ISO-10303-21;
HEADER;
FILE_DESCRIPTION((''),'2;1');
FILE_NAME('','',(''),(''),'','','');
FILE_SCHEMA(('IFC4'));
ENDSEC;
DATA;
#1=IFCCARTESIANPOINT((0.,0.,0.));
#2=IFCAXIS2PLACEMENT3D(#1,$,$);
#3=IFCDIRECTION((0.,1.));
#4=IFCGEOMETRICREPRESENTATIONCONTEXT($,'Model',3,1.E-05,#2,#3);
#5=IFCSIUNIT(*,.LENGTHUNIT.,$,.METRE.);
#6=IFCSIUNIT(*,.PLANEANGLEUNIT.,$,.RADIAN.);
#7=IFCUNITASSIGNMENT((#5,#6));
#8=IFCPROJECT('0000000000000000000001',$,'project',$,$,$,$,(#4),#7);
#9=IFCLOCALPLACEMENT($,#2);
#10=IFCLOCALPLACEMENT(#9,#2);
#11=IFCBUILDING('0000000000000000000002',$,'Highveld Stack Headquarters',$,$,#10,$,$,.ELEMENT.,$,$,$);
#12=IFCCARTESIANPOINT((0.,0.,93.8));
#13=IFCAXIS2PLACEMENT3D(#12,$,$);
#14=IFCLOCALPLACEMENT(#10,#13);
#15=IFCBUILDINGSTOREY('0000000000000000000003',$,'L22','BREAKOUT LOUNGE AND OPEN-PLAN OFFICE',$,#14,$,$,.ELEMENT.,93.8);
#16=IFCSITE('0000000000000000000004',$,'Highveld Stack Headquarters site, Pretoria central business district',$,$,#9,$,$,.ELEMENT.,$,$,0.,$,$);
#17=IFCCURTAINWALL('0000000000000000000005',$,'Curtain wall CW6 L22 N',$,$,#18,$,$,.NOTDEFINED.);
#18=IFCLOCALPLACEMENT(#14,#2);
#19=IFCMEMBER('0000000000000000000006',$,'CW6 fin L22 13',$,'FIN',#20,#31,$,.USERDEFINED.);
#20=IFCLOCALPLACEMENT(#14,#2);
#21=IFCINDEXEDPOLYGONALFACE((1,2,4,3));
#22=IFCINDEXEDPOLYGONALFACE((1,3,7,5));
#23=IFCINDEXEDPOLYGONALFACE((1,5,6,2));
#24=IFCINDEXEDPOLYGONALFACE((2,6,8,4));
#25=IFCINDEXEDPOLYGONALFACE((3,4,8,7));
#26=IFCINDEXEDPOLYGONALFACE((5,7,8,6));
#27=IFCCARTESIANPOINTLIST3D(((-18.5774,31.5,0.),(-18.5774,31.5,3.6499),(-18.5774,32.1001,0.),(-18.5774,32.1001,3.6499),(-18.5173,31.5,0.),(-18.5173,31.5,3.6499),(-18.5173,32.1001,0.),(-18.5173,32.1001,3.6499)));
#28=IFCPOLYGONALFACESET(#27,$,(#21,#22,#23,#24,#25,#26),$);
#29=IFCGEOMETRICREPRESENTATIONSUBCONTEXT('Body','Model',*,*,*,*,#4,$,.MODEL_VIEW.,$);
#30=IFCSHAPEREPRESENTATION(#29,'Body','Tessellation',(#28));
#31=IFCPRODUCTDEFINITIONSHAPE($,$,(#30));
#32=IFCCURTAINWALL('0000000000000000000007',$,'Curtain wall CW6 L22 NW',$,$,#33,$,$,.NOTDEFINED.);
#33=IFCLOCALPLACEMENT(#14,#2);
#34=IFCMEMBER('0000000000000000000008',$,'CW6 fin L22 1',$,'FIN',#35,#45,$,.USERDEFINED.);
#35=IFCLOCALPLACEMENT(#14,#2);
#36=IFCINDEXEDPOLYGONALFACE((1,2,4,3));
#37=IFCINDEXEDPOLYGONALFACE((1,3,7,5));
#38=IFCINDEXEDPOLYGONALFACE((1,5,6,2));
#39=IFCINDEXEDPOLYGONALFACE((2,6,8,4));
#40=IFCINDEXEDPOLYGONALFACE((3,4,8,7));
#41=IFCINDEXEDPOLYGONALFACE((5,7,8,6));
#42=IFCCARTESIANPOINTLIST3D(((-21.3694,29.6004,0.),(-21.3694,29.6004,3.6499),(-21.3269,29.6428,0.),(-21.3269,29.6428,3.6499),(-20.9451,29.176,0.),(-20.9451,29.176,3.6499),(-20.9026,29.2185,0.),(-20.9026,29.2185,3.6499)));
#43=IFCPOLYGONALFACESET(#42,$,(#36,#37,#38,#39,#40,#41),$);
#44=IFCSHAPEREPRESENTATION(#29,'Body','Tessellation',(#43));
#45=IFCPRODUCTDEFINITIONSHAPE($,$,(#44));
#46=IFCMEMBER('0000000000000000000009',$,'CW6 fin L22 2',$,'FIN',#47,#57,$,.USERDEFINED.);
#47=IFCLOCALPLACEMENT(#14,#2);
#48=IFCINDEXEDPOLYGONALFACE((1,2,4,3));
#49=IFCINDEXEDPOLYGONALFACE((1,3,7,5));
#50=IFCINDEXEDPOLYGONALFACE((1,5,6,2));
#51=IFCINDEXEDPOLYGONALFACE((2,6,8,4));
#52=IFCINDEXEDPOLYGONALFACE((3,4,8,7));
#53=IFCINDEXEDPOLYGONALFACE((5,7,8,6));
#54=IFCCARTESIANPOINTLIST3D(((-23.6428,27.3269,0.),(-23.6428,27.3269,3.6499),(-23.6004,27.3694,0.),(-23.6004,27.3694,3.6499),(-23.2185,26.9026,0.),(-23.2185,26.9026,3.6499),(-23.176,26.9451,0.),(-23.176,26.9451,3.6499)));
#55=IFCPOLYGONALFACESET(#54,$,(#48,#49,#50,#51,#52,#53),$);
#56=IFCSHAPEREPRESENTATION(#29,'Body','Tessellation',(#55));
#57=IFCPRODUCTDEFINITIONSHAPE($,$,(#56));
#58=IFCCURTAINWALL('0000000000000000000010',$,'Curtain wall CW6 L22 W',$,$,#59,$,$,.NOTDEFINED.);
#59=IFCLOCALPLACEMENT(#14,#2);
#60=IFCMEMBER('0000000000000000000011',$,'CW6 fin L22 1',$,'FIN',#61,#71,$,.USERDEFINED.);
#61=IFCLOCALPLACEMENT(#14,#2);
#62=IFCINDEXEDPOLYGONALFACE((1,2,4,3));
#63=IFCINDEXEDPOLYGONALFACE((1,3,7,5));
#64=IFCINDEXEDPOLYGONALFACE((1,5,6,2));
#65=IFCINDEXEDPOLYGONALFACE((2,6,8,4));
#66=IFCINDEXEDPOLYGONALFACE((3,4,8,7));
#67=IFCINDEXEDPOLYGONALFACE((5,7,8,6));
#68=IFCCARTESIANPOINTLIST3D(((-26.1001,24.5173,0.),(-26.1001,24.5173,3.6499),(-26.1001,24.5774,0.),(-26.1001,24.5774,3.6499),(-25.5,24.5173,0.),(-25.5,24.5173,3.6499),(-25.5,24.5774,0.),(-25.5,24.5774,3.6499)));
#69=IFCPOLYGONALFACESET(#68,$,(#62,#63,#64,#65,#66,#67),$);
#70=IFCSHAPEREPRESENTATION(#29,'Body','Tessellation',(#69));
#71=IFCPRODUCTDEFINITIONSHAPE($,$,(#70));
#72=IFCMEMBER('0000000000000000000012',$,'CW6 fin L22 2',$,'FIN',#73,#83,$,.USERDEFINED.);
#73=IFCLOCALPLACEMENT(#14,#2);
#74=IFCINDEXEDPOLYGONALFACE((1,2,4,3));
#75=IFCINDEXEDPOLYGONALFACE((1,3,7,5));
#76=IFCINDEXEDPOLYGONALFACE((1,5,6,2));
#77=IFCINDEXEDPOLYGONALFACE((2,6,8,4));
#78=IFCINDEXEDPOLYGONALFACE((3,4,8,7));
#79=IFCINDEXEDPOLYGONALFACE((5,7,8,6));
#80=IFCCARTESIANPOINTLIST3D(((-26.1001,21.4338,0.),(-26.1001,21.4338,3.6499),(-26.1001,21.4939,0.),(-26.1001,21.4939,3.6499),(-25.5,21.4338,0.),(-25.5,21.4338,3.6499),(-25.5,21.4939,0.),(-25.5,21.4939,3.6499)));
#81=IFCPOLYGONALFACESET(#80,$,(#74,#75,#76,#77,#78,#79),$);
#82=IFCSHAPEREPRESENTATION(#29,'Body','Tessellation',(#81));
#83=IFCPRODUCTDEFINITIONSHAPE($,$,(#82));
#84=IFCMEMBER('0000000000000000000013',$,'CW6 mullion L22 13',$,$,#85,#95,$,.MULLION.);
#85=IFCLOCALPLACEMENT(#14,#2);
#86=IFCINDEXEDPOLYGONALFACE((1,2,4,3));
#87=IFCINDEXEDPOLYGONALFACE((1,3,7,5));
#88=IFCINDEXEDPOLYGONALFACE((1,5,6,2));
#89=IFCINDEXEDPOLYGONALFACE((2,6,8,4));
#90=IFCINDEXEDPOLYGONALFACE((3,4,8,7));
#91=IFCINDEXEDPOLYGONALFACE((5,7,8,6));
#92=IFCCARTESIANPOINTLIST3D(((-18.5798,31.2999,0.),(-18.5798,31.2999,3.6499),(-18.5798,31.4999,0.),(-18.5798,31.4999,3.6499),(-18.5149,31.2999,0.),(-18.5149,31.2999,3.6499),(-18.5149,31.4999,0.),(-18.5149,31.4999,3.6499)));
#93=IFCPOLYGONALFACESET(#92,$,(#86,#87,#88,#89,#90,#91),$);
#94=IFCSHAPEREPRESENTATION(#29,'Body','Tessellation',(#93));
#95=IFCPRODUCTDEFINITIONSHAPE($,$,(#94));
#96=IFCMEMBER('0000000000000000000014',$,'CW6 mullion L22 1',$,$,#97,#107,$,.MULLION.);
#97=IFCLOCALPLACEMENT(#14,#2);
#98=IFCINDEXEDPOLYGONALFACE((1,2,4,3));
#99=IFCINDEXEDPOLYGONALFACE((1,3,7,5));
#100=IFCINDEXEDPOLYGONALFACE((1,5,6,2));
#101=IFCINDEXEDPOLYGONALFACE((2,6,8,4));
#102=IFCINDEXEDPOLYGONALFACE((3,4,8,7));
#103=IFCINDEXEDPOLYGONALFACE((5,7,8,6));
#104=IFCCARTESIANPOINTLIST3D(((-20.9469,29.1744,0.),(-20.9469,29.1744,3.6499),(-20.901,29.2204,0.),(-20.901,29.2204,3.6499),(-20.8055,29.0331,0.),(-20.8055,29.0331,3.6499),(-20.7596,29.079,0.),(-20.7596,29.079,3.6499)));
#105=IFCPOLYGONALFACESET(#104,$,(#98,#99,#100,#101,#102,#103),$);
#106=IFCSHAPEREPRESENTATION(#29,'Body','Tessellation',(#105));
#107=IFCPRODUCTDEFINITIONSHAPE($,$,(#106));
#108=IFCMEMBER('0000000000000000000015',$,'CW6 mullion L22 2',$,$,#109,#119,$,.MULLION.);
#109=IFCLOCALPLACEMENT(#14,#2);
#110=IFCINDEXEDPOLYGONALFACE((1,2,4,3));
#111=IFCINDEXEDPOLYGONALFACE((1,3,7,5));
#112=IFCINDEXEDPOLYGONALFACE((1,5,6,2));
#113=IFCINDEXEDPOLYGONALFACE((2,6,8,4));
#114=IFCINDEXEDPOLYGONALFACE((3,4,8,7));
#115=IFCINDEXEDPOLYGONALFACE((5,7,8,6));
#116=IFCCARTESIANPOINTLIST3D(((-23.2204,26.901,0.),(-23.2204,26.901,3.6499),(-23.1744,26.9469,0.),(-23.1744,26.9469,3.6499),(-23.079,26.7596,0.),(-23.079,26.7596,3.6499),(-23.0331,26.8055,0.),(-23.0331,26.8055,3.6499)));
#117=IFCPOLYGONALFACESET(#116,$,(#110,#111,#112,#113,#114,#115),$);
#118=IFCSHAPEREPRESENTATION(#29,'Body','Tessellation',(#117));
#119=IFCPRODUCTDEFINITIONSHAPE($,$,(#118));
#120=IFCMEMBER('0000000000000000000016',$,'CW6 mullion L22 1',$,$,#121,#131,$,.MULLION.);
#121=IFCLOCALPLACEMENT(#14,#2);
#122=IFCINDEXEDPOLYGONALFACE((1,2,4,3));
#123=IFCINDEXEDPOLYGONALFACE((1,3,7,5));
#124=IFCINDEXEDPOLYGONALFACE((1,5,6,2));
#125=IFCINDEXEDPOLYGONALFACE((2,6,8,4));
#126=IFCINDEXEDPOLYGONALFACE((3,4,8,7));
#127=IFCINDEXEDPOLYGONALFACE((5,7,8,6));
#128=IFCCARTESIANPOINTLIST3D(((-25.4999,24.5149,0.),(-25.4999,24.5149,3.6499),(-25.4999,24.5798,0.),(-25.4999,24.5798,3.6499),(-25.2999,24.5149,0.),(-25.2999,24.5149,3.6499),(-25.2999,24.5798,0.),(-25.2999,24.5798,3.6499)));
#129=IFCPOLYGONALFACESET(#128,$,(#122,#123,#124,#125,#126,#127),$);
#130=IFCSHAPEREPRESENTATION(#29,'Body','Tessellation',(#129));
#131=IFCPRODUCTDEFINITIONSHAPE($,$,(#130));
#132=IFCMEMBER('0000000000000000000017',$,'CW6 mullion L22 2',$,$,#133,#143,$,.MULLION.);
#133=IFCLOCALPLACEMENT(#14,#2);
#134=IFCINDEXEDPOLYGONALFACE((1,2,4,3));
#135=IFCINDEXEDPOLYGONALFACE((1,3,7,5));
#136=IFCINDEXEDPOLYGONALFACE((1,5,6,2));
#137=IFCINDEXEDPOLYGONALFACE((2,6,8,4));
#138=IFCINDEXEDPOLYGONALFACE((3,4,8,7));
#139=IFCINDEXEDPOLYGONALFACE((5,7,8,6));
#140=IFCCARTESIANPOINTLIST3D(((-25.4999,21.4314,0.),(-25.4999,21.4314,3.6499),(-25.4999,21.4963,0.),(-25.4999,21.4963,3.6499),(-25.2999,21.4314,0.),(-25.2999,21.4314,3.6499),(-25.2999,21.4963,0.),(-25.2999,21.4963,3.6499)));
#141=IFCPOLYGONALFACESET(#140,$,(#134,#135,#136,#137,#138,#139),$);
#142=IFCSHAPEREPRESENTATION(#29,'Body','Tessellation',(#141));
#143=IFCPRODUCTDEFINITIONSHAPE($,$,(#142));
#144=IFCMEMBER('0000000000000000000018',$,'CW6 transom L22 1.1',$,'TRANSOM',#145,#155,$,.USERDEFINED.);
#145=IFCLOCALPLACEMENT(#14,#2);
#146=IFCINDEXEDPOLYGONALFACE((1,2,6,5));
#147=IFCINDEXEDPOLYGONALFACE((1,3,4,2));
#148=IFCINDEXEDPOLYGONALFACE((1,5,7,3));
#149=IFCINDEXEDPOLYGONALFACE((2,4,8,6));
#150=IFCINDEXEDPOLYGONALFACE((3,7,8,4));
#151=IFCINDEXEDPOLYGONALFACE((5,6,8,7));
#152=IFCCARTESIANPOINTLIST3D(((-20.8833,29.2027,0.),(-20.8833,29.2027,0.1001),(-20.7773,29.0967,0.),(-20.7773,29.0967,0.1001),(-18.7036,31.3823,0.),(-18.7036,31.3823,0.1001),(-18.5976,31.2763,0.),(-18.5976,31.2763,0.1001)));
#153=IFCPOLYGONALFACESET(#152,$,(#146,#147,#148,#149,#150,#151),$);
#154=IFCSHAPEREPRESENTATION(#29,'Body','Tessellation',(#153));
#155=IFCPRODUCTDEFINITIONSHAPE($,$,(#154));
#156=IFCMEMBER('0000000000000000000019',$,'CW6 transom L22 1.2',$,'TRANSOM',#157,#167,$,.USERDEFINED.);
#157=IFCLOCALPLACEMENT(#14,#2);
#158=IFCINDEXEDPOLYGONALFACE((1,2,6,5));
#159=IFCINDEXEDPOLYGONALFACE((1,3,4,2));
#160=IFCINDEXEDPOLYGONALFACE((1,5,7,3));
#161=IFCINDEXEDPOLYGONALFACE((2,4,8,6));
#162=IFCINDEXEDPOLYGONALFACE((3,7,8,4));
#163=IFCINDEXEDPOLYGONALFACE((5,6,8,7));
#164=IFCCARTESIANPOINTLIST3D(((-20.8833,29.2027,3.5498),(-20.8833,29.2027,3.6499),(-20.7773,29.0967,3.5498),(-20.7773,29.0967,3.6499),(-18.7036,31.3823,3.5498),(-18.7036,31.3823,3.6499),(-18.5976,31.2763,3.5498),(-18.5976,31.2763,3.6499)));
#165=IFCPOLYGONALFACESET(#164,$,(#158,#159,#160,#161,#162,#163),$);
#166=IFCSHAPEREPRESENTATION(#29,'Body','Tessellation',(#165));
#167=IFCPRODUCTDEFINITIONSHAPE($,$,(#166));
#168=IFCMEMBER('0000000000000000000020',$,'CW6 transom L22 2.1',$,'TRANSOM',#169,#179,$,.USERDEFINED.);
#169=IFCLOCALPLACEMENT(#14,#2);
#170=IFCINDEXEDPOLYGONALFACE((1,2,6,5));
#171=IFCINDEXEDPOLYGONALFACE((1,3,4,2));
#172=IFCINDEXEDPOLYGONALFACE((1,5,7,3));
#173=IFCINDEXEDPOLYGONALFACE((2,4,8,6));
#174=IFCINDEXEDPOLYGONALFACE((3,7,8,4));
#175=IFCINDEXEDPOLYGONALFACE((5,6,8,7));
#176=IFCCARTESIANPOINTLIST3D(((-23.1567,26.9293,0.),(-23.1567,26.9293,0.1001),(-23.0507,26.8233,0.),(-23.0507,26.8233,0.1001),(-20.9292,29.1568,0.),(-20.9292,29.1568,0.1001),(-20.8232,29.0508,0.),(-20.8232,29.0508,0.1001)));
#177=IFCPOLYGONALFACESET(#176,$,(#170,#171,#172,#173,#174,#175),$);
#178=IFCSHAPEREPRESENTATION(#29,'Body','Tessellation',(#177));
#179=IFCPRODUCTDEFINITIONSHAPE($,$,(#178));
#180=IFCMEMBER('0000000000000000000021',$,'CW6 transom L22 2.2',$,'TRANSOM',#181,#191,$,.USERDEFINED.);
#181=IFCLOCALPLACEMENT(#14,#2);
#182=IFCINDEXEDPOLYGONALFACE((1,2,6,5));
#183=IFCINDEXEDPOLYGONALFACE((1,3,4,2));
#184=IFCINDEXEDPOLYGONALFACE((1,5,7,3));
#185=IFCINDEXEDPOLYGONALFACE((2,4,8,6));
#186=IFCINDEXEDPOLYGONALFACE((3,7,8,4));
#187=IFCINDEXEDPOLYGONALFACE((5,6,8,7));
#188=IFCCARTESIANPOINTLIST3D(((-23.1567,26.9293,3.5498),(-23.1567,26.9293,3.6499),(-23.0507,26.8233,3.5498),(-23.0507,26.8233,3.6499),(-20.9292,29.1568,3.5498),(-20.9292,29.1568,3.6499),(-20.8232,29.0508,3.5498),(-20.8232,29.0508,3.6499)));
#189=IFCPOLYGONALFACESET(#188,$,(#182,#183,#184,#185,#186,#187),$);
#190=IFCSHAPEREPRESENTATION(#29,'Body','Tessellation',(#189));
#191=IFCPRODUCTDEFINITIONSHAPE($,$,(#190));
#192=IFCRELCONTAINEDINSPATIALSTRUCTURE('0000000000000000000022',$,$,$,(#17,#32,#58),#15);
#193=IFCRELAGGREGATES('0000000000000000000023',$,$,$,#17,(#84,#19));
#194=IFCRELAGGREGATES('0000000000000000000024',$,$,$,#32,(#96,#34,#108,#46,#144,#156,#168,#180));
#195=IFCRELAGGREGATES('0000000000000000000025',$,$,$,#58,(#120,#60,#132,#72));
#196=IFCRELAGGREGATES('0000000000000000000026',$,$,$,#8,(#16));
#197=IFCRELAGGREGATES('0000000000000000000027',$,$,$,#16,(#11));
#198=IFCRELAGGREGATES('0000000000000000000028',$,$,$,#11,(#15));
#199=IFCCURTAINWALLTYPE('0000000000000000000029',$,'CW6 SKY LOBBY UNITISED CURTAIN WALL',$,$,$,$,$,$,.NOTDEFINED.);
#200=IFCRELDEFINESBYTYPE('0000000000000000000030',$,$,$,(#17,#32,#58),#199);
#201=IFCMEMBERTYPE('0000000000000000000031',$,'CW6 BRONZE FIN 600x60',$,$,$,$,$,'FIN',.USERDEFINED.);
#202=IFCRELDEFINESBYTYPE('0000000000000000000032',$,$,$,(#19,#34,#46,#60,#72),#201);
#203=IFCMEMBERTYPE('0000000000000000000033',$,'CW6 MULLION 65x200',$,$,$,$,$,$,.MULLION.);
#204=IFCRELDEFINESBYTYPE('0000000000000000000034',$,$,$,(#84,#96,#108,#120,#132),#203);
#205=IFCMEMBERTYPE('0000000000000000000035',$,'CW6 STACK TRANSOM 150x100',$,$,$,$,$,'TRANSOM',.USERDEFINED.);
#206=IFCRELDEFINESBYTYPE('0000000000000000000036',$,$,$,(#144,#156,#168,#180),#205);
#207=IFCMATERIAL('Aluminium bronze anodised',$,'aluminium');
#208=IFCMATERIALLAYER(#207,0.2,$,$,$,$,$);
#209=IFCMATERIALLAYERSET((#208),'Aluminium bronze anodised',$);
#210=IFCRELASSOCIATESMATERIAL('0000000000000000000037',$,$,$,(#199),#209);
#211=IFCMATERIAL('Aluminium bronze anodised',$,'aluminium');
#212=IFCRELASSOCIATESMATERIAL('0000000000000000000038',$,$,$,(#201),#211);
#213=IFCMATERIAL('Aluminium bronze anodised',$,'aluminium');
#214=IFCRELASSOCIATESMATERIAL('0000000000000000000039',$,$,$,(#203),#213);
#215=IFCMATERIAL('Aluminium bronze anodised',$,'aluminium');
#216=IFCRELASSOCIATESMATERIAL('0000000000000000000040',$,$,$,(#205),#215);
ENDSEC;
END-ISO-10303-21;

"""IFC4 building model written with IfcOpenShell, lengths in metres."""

from ifc_helpers import new_model, si_unit, direction, frame, origin, origin_2d, place, context, subcontext, project, spatial, rectangle, extrude, material, layer, layer_set, material_profile, profile_set, type_object, element, aggregate, save


model = new_model("IFC4")

# Units and contexts
model_context = context("Model", 3, precision=1e-05, world=origin(), true_north=direction((0.0, 1.0)))
body_context = subcontext(model_context, "Body", "Model", "MODEL_VIEW")
ifc_project = project(units=[si_unit("LENGTHUNIT", "METRE"), si_unit("PLANEANGLEUNIT", "RADIAN")], contexts=[model_context])

# Site, building, storey
site_placement = place(None, origin())
site = spatial("IfcSite", under=ifc_project, at=site_placement, Name="Highveld Stack Headquarters site, Pretoria central business district", CompositionType="ELEMENT", RefElevation=0.0)
building_placement = place(site_placement, origin())
building = spatial("IfcBuilding", under=site, at=building_placement, Name="Highveld Stack Headquarters", CompositionType="ELEMENT")
storey_placement = place(building_placement, frame((0.0, 0.0, 93.8)))
storey = spatial("IfcBuildingStorey", under=building, at=storey_placement, Name="L22", Description="BREAKOUT LOUNGE AND OPEN-PLAN OFFICE", CompositionType="ELEMENT", Elevation=93.8)

# Curtain wall, member
ifc_material_1 = material(Name="Aluminium bronze anodised", Category="aluminium")
ifc_layer_1 = layer(ifc_material_1, 0.2)
ifc_layer_set_1 = layer_set([ifc_layer_1], Name="Aluminium bronze anodised")
curtain_wall_type = type_object("IfcCurtainWallType", Name="CW6 SKY LOBBY UNITISED CURTAIN WALL", PredefinedType="NOTDEFINED", material=ifc_layer_set_1)
curtain_wall_1_placement = place(storey_placement, origin())
curtain_wall_1 = element("IfcCurtainWall", 1, at=curtain_wall_1_placement, inside=storey, type_object=curtain_wall_type, Name="Curtain wall CW6 L22 N", PredefinedType="NOTDEFINED")
ifc_material_2 = material(Name="Aluminium bronze anodised", Category="aluminium")
ifc_material_profile_1 = material_profile(ifc_material_2, rectangle(XDim=0.6001, YDim=0.0601, at=origin_2d()), Name="FIN 600x60")
ifc_profile_set_1 = profile_set([ifc_material_profile_1], Name="Aluminium bronze anodised")
member_type_1 = type_object("IfcMemberType", Name="CW6 BRONZE FIN 600x60", ElementType="FIN", PredefinedType="USERDEFINED", material=ifc_profile_set_1)
member_1_placement = place(storey_placement, frame((-18.5474, 31.8, 0.0), z_axis=(0.0, 0.0, 1.0), x_axis=(0.0, -1.0, 0.0)))
member_1 = element("IfcMember", 2, at=member_1_placement, type_object=member_type_1, Name="CW6 fin L22 13", ObjectType="FIN", PredefinedType="USERDEFINED", context=body_context, shape_type="SweptSolid", body=[
    extrude(rectangle(XDim=0.6001, YDim=0.0601, at=origin_2d()), origin(), (0.0, 0.0, 1.0), 3.6499),
])

# Curtain walls, members
curtain_wall_2_placement = place(storey_placement, origin())
curtain_wall_2 = element("IfcCurtainWall", 3, at=curtain_wall_2_placement, inside=storey, type_object=curtain_wall_type, Name="Curtain wall CW6 L22 NW", PredefinedType="NOTDEFINED")
member_2_placement = place(storey_placement, frame((-21.136, 29.4094, 0.0), z_axis=(0.0, 0.0, 1.0), x_axis=(0.707107, -0.707107, 0.0)))
member_2 = element("IfcMember", 4, at=member_2_placement, type_object=member_type_1, Name="CW6 fin L22 1", ObjectType="FIN", PredefinedType="USERDEFINED", context=body_context, shape_type="SweptSolid", body=[
    extrude(rectangle(XDim=0.6001, YDim=0.0601, at=origin_2d()), origin(), (0.0, 0.0, 1.0), 3.6499),
])
member_3_placement = place(storey_placement, frame((-23.4094, 27.136, 0.0), z_axis=(0.0, 0.0, 1.0), x_axis=(0.707107, -0.707107, 0.0)))
member_3 = element("IfcMember", 5, at=member_3_placement, type_object=member_type_1, Name="CW6 fin L22 2", ObjectType="FIN", PredefinedType="USERDEFINED", context=body_context, shape_type="SweptSolid", body=[
    extrude(rectangle(XDim=0.6001, YDim=0.0601, at=origin_2d()), origin(), (0.0, 0.0, 1.0), 3.6499),
])
curtain_wall_3_placement = place(storey_placement, origin())
curtain_wall_3 = element("IfcCurtainWall", 6, at=curtain_wall_3_placement, inside=storey, type_object=curtain_wall_type, Name="Curtain wall CW6 L22 W", PredefinedType="NOTDEFINED")
member_4_placement = place(storey_placement, frame((-25.8, 24.5474, 0.0), z_axis=(0.0, 0.0, 1.0), x_axis=(1.0, 0.0, 0.0)))
member_4 = element("IfcMember", 7, at=member_4_placement, type_object=member_type_1, Name="CW6 fin L22 1", ObjectType="FIN", PredefinedType="USERDEFINED", context=body_context, shape_type="SweptSolid", body=[
    extrude(rectangle(XDim=0.6001, YDim=0.0601, at=origin_2d()), origin(), (0.0, 0.0, 1.0), 3.6499),
])
member_5_placement = place(storey_placement, frame((-25.8, 21.4639, 0.0), z_axis=(0.0, 0.0, 1.0), x_axis=(1.0, 0.0, 0.0)))
member_5 = element("IfcMember", 8, at=member_5_placement, type_object=member_type_1, Name="CW6 fin L22 2", ObjectType="FIN", PredefinedType="USERDEFINED", context=body_context, shape_type="SweptSolid", body=[
    extrude(rectangle(XDim=0.6001, YDim=0.0601, at=origin_2d()), origin(), (0.0, 0.0, 1.0), 3.6499),
])

# Members
ifc_material_3 = material(Name="Aluminium bronze anodised", Category="aluminium")
ifc_material_profile_2 = material_profile(ifc_material_3, rectangle(XDim=0.2, YDim=0.0649, at=origin_2d()), Name="CW6 MULLION 65x200")
ifc_profile_set_2 = profile_set([ifc_material_profile_2], Name="Aluminium bronze anodised")
member_type_2 = type_object("IfcMemberType", Name="CW6 MULLION 65x200", PredefinedType="MULLION", material=ifc_profile_set_2)
member_6_placement = place(storey_placement, frame((-18.5474, 31.3999, 0.0), z_axis=(0.0, 0.0, 1.0), x_axis=(0.0, -1.0, 0.0)))
member_6 = element("IfcMember", 9, at=member_6_placement, type_object=member_type_2, Name="CW6 mullion L22 13", PredefinedType="MULLION", context=body_context, shape_type="SweptSolid", body=[
    extrude(rectangle(XDim=0.2, YDim=0.0649, at=origin_2d()), origin(), (0.0, 0.0, 1.0), 3.6499),
])
member_7_placement = place(storey_placement, frame((-20.8533, 29.1267, 0.0), z_axis=(0.0, 0.0, 1.0), x_axis=(0.707107, -0.707107, 0.0)))
member_7 = element("IfcMember", 10, at=member_7_placement, type_object=member_type_2, Name="CW6 mullion L22 1", PredefinedType="MULLION", context=body_context, shape_type="SweptSolid", body=[
    extrude(rectangle(XDim=0.2, YDim=0.0649, at=origin_2d()), origin(), (0.0, 0.0, 1.0), 3.6499),
])
member_8_placement = place(storey_placement, frame((-23.1267, 26.8533, 0.0), z_axis=(0.0, 0.0, 1.0), x_axis=(0.707107, -0.707107, 0.0)))
member_8 = element("IfcMember", 11, at=member_8_placement, type_object=member_type_2, Name="CW6 mullion L22 2", PredefinedType="MULLION", context=body_context, shape_type="SweptSolid", body=[
    extrude(rectangle(XDim=0.2, YDim=0.0649, at=origin_2d()), origin(), (0.0, 0.0, 1.0), 3.6499),
])
member_9_placement = place(storey_placement, frame((-25.3999, 24.5474, 0.0), z_axis=(0.0, 0.0, 1.0), x_axis=(1.0, 0.0, 0.0)))
member_9 = element("IfcMember", 12, at=member_9_placement, type_object=member_type_2, Name="CW6 mullion L22 1", PredefinedType="MULLION", context=body_context, shape_type="SweptSolid", body=[
    extrude(rectangle(XDim=0.2, YDim=0.0649, at=origin_2d()), origin(), (0.0, 0.0, 1.0), 3.6499),
])
member_10_placement = place(storey_placement, frame((-25.3999, 21.4639, 0.0), z_axis=(0.0, 0.0, 1.0), x_axis=(1.0, 0.0, 0.0)))
member_10 = element("IfcMember", 13, at=member_10_placement, type_object=member_type_2, Name="CW6 mullion L22 2", PredefinedType="MULLION", context=body_context, shape_type="SweptSolid", body=[
    extrude(rectangle(XDim=0.2, YDim=0.0649, at=origin_2d()), origin(), (0.0, 0.0, 1.0), 3.6499),
])
ifc_material_4 = material(Name="Aluminium bronze anodised", Category="aluminium")
ifc_material_profile_3 = material_profile(ifc_material_4, rectangle(XDim=0.1499, YDim=0.1001, at=origin_2d()), Name="CW6 TRANSOM 150x100")
ifc_profile_set_3 = profile_set([ifc_material_profile_3], Name="Aluminium bronze anodised")
member_type_3 = type_object("IfcMemberType", Name="CW6 STACK TRANSOM 150x100", ElementType="TRANSOM", PredefinedType="USERDEFINED", material=ifc_profile_set_3)
member_11_placement = place(storey_placement, frame((-18.6506, 31.3293, 0.05), z_axis=(-0.707107, -0.707107, 0.0), x_axis=(0.707107, -0.707107, 0.0)))
member_11 = element("IfcMember", 14, at=member_11_placement, type_object=member_type_3, Name="CW6 transom L22 1.1", ObjectType="TRANSOM", PredefinedType="USERDEFINED", context=body_context, shape_type="SweptSolid", body=[
    extrude(rectangle(XDim=0.1499, YDim=0.1001, at=origin_2d()), origin(), (0.0, 0.0, 1.0), 3.0825),
])
member_12_placement = place(storey_placement, frame((-18.6506, 31.3293, 3.5999), z_axis=(-0.707107, -0.707107, 0.0), x_axis=(0.707107, -0.707107, 0.0)))
member_12 = element("IfcMember", 15, at=member_12_placement, type_object=member_type_3, Name="CW6 transom L22 1.2", ObjectType="TRANSOM", PredefinedType="USERDEFINED", context=body_context, shape_type="SweptSolid", body=[
    extrude(rectangle(XDim=0.1499, YDim=0.1001, at=origin_2d()), origin(), (0.0, 0.0, 1.0), 3.0825),
])
member_13_placement = place(storey_placement, frame((-20.8762, 29.1038, 0.05), z_axis=(-0.707107, -0.707107, 0.0), x_axis=(0.707107, -0.707107, 0.0)))
member_13 = element("IfcMember", 16, at=member_13_placement, type_object=member_type_3, Name="CW6 transom L22 2.1", ObjectType="TRANSOM", PredefinedType="USERDEFINED", context=body_context, shape_type="SweptSolid", body=[
    extrude(rectangle(XDim=0.1499, YDim=0.1001, at=origin_2d()), origin(), (0.0, 0.0, 1.0), 3.1501),
])
member_14_placement = place(storey_placement, frame((-20.8762, 29.1038, 3.5999), z_axis=(-0.707107, -0.707107, 0.0), x_axis=(0.707107, -0.707107, 0.0)))
member_14 = element("IfcMember", 17, at=member_14_placement, type_object=member_type_3, Name="CW6 transom L22 2.2", ObjectType="TRANSOM", PredefinedType="USERDEFINED", context=body_context, shape_type="SweptSolid", body=[
    extrude(rectangle(XDim=0.1499, YDim=0.1001, at=origin_2d()), origin(), (0.0, 0.0, 1.0), 3.1501),
])

aggregate(curtain_wall_1, [member_6, member_1])
aggregate(curtain_wall_2, [member_7, member_2, member_8, member_3, member_11, member_12, member_13, member_14])
aggregate(curtain_wall_3, [member_9, member_4, member_10, member_5])

save(model, "model.ifc")
